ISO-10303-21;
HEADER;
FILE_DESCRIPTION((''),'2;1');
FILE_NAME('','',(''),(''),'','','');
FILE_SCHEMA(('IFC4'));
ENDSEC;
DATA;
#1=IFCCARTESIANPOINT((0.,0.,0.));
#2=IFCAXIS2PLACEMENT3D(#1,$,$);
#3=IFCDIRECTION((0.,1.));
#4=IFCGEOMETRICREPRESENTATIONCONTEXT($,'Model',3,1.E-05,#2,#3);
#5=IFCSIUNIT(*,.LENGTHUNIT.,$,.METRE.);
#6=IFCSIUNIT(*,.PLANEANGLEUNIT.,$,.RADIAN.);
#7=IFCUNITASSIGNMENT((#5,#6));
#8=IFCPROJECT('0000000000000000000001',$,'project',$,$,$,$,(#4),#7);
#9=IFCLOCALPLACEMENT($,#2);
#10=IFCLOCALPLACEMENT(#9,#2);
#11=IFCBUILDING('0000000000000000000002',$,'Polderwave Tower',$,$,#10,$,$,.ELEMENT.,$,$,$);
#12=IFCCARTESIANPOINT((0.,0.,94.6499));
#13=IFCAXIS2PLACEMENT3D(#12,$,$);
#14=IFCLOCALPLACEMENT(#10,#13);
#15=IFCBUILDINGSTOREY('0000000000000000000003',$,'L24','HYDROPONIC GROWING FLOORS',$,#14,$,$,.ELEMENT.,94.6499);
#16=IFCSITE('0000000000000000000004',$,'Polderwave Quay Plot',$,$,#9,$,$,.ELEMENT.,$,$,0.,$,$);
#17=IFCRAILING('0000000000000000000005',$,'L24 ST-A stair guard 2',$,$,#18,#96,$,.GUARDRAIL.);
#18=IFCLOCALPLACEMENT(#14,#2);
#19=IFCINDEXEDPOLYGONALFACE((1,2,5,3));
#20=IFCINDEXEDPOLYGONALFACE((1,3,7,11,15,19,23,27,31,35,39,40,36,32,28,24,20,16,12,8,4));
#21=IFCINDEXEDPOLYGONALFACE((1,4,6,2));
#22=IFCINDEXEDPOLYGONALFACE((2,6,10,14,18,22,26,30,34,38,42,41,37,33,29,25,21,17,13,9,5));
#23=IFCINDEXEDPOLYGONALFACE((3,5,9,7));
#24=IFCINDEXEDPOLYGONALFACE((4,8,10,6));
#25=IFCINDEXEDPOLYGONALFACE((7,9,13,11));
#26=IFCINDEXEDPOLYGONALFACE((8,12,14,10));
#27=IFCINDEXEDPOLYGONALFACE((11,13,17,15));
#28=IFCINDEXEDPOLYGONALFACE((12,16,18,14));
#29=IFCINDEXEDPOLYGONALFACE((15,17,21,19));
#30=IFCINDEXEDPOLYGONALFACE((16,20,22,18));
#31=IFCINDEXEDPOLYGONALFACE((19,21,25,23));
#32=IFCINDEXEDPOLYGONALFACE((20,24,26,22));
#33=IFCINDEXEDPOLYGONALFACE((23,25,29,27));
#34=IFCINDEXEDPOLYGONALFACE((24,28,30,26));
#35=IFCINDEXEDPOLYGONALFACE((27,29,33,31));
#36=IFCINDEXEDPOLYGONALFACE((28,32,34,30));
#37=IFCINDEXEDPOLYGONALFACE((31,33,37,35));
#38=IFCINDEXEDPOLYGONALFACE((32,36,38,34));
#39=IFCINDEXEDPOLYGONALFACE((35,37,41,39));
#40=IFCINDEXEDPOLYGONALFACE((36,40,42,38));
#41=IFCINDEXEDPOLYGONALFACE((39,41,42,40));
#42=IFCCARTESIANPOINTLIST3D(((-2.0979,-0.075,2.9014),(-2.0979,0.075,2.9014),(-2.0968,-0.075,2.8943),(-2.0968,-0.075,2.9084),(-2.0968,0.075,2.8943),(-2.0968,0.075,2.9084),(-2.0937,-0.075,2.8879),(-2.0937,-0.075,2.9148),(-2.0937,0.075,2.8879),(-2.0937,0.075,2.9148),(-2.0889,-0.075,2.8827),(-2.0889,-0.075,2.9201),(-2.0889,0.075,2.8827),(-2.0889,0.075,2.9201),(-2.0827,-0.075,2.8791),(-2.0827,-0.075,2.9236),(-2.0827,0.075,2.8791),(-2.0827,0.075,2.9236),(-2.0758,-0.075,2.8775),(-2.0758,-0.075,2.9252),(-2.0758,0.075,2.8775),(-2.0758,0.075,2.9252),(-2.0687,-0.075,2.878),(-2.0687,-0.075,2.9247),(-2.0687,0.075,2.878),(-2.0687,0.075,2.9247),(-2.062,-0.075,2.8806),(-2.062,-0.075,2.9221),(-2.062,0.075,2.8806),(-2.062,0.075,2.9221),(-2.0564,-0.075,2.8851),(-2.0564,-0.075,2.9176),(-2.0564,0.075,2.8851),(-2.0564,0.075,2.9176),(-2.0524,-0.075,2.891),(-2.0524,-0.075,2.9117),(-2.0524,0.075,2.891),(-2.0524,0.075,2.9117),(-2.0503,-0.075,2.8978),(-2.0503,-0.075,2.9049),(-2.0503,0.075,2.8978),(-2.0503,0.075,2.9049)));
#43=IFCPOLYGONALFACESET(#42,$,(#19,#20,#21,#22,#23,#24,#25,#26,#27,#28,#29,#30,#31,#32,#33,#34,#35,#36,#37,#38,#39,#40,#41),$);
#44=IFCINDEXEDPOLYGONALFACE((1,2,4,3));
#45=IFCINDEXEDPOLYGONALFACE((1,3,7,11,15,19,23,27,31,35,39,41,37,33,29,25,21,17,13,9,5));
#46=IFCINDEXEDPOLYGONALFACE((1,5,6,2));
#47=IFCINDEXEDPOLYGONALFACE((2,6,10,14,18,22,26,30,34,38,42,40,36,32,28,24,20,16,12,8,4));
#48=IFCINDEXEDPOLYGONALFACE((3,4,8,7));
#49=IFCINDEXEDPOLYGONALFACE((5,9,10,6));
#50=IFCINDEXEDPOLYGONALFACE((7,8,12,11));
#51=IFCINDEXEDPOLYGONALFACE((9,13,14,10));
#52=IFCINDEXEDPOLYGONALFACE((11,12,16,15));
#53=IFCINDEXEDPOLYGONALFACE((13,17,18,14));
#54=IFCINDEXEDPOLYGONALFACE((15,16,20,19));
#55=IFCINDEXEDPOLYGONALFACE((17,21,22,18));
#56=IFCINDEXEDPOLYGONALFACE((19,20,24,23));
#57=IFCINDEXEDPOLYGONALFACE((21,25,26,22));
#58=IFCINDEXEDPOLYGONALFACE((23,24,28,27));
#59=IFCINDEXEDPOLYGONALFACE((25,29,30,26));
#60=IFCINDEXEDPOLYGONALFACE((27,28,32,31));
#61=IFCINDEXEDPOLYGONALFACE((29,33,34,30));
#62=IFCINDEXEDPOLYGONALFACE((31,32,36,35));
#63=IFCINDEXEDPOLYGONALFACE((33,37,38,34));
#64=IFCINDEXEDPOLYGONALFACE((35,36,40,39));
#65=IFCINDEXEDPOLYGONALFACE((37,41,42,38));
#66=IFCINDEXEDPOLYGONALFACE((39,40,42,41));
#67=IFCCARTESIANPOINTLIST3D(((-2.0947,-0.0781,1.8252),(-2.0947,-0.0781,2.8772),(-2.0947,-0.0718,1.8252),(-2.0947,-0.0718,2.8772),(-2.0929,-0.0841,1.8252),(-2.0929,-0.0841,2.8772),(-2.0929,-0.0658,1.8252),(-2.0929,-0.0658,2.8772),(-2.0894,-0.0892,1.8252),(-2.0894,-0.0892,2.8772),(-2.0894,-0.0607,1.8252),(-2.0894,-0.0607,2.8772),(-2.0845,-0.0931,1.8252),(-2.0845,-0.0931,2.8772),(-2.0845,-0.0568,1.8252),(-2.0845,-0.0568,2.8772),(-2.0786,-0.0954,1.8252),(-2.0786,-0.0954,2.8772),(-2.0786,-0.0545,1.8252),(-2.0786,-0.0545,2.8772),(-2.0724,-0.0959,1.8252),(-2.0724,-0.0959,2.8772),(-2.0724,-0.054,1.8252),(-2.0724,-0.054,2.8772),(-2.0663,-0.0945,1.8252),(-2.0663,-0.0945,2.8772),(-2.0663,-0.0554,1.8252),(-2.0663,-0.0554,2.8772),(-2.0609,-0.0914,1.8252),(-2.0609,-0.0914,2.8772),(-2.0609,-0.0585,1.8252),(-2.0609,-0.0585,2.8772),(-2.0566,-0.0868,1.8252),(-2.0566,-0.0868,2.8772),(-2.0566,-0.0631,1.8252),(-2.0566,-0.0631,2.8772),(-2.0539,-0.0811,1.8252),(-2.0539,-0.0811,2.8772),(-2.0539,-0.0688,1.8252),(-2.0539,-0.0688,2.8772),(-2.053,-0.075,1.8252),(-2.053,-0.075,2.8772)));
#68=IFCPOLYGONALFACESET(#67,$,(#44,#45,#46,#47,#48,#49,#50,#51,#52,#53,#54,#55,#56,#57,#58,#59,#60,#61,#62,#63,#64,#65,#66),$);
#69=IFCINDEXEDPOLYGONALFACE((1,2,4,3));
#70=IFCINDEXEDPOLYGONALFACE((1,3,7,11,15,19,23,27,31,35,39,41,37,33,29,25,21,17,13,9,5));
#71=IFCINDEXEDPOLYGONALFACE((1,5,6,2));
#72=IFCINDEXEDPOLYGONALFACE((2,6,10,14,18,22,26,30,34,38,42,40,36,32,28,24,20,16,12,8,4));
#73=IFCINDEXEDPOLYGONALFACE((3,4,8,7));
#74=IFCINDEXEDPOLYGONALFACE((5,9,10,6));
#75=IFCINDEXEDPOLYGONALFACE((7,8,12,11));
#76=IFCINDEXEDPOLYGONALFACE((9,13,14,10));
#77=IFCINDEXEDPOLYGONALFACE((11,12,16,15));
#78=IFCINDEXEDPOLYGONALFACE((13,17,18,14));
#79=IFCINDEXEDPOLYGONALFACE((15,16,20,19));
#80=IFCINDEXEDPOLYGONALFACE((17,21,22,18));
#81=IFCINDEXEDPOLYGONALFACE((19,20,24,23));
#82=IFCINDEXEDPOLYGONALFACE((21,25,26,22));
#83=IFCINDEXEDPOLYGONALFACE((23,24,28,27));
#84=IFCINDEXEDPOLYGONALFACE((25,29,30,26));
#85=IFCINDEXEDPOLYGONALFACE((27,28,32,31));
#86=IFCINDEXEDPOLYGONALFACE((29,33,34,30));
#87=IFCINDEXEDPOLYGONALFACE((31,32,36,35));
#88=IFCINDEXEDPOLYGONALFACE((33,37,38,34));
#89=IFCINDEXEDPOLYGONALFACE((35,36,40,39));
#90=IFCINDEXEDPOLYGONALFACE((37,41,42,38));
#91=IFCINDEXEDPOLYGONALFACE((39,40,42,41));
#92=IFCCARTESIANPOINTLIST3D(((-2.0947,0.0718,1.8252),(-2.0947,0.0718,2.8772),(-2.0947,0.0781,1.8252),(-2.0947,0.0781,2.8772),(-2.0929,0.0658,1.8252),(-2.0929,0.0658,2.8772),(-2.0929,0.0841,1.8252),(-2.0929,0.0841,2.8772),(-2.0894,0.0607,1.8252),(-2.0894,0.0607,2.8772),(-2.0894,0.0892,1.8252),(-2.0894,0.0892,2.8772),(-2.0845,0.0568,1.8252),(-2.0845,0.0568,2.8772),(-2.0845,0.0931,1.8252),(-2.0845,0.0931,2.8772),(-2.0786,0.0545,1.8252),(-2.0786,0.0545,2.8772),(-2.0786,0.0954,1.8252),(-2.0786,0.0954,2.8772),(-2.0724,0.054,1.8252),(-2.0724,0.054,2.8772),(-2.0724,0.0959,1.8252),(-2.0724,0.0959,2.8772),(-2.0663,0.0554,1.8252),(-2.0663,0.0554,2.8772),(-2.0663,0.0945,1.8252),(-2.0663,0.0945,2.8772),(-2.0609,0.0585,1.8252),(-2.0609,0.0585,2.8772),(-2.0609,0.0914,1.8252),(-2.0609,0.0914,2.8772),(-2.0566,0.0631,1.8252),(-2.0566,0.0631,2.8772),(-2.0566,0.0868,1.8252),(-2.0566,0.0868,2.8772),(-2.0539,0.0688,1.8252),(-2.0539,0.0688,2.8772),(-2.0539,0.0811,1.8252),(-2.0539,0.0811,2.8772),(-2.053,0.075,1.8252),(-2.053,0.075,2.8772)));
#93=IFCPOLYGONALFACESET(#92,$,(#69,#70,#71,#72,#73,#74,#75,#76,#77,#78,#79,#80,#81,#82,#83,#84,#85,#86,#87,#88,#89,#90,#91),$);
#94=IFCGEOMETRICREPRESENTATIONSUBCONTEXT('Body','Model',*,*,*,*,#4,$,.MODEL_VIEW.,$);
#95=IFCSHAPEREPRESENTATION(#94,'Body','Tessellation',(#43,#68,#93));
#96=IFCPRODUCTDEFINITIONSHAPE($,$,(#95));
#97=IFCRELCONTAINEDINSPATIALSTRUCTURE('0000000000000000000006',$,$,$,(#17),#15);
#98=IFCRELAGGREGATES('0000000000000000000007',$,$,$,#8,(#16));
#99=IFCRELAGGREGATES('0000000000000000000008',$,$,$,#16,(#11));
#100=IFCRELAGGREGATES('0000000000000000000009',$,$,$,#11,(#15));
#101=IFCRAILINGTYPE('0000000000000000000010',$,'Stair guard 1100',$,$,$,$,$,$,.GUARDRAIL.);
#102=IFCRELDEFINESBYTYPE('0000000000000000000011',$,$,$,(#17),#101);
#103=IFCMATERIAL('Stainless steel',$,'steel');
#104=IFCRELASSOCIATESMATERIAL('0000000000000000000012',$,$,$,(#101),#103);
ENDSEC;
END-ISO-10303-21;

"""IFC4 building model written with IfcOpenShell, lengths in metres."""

from ifc_helpers import new_model, si_unit, direction, frame, origin, origin_2d, place, context, subcontext, project, spatial, circle, extrude, material, type_object, element, save


model = new_model("IFC4")

# Units and contexts
model_context = context("Model", 3, precision=1e-05, world=origin(), true_north=direction((0.0, 1.0)))
body_context = subcontext(model_context, "Body", "Model", "MODEL_VIEW")
ifc_project = project(units=[si_unit("LENGTHUNIT", "METRE"), si_unit("PLANEANGLEUNIT", "RADIAN")], contexts=[model_context])

# Site, building, storey
site_placement = place(None, origin())
site = spatial("IfcSite", under=ifc_project, at=site_placement, Name="Polderwave Quay Plot", CompositionType="ELEMENT", RefElevation=0.0)
building_placement = place(site_placement, origin())
building = spatial("IfcBuilding", under=site, at=building_placement, Name="Polderwave Tower", CompositionType="ELEMENT")
storey_placement = place(building_placement, frame((0.0, 0.0, 94.6499)))
storey = spatial("IfcBuildingStorey", under=building, at=storey_placement, Name="L24", Description="HYDROPONIC GROWING FLOORS", CompositionType="ELEMENT", Elevation=94.6499)

# Railing
ifc_material_1 = material(Name="Stainless steel", Category="steel")
railing_type_1 = type_object("IfcRailingType", Name="Stair guard 1100", PredefinedType="GUARDRAIL", material=ifc_material_1)
railing_1_placement = place(storey_placement, frame((-2.074, -0.075, 1.8252)))
element("IfcRailing", 1, at=railing_1_placement, inside=storey, type_object=railing_type_1, Name="L24 ST-A stair guard 2", PredefinedType="GUARDRAIL", context=body_context, shape_type="SweptSolid", body=[
    extrude(circle(Radius=0.0239, at=origin_2d()), frame((0.0, 0.0, 1.0762), z_axis=(0.0, 1.0, 0.0), x_axis=(-1.0, 0.0, 0.0)), (0.0, 0.0, 1.0), 0.1499),
    extrude(circle(Radius=0.021, at=origin_2d()), origin(), (0.0, 0.0, 1.0), 1.052),
    extrude(circle(Radius=0.021, at=origin_2d()), frame((0.0, 0.1499, 0.0)), (0.0, 0.0, 1.0), 1.052),
])

save(model, "model.ifc")
